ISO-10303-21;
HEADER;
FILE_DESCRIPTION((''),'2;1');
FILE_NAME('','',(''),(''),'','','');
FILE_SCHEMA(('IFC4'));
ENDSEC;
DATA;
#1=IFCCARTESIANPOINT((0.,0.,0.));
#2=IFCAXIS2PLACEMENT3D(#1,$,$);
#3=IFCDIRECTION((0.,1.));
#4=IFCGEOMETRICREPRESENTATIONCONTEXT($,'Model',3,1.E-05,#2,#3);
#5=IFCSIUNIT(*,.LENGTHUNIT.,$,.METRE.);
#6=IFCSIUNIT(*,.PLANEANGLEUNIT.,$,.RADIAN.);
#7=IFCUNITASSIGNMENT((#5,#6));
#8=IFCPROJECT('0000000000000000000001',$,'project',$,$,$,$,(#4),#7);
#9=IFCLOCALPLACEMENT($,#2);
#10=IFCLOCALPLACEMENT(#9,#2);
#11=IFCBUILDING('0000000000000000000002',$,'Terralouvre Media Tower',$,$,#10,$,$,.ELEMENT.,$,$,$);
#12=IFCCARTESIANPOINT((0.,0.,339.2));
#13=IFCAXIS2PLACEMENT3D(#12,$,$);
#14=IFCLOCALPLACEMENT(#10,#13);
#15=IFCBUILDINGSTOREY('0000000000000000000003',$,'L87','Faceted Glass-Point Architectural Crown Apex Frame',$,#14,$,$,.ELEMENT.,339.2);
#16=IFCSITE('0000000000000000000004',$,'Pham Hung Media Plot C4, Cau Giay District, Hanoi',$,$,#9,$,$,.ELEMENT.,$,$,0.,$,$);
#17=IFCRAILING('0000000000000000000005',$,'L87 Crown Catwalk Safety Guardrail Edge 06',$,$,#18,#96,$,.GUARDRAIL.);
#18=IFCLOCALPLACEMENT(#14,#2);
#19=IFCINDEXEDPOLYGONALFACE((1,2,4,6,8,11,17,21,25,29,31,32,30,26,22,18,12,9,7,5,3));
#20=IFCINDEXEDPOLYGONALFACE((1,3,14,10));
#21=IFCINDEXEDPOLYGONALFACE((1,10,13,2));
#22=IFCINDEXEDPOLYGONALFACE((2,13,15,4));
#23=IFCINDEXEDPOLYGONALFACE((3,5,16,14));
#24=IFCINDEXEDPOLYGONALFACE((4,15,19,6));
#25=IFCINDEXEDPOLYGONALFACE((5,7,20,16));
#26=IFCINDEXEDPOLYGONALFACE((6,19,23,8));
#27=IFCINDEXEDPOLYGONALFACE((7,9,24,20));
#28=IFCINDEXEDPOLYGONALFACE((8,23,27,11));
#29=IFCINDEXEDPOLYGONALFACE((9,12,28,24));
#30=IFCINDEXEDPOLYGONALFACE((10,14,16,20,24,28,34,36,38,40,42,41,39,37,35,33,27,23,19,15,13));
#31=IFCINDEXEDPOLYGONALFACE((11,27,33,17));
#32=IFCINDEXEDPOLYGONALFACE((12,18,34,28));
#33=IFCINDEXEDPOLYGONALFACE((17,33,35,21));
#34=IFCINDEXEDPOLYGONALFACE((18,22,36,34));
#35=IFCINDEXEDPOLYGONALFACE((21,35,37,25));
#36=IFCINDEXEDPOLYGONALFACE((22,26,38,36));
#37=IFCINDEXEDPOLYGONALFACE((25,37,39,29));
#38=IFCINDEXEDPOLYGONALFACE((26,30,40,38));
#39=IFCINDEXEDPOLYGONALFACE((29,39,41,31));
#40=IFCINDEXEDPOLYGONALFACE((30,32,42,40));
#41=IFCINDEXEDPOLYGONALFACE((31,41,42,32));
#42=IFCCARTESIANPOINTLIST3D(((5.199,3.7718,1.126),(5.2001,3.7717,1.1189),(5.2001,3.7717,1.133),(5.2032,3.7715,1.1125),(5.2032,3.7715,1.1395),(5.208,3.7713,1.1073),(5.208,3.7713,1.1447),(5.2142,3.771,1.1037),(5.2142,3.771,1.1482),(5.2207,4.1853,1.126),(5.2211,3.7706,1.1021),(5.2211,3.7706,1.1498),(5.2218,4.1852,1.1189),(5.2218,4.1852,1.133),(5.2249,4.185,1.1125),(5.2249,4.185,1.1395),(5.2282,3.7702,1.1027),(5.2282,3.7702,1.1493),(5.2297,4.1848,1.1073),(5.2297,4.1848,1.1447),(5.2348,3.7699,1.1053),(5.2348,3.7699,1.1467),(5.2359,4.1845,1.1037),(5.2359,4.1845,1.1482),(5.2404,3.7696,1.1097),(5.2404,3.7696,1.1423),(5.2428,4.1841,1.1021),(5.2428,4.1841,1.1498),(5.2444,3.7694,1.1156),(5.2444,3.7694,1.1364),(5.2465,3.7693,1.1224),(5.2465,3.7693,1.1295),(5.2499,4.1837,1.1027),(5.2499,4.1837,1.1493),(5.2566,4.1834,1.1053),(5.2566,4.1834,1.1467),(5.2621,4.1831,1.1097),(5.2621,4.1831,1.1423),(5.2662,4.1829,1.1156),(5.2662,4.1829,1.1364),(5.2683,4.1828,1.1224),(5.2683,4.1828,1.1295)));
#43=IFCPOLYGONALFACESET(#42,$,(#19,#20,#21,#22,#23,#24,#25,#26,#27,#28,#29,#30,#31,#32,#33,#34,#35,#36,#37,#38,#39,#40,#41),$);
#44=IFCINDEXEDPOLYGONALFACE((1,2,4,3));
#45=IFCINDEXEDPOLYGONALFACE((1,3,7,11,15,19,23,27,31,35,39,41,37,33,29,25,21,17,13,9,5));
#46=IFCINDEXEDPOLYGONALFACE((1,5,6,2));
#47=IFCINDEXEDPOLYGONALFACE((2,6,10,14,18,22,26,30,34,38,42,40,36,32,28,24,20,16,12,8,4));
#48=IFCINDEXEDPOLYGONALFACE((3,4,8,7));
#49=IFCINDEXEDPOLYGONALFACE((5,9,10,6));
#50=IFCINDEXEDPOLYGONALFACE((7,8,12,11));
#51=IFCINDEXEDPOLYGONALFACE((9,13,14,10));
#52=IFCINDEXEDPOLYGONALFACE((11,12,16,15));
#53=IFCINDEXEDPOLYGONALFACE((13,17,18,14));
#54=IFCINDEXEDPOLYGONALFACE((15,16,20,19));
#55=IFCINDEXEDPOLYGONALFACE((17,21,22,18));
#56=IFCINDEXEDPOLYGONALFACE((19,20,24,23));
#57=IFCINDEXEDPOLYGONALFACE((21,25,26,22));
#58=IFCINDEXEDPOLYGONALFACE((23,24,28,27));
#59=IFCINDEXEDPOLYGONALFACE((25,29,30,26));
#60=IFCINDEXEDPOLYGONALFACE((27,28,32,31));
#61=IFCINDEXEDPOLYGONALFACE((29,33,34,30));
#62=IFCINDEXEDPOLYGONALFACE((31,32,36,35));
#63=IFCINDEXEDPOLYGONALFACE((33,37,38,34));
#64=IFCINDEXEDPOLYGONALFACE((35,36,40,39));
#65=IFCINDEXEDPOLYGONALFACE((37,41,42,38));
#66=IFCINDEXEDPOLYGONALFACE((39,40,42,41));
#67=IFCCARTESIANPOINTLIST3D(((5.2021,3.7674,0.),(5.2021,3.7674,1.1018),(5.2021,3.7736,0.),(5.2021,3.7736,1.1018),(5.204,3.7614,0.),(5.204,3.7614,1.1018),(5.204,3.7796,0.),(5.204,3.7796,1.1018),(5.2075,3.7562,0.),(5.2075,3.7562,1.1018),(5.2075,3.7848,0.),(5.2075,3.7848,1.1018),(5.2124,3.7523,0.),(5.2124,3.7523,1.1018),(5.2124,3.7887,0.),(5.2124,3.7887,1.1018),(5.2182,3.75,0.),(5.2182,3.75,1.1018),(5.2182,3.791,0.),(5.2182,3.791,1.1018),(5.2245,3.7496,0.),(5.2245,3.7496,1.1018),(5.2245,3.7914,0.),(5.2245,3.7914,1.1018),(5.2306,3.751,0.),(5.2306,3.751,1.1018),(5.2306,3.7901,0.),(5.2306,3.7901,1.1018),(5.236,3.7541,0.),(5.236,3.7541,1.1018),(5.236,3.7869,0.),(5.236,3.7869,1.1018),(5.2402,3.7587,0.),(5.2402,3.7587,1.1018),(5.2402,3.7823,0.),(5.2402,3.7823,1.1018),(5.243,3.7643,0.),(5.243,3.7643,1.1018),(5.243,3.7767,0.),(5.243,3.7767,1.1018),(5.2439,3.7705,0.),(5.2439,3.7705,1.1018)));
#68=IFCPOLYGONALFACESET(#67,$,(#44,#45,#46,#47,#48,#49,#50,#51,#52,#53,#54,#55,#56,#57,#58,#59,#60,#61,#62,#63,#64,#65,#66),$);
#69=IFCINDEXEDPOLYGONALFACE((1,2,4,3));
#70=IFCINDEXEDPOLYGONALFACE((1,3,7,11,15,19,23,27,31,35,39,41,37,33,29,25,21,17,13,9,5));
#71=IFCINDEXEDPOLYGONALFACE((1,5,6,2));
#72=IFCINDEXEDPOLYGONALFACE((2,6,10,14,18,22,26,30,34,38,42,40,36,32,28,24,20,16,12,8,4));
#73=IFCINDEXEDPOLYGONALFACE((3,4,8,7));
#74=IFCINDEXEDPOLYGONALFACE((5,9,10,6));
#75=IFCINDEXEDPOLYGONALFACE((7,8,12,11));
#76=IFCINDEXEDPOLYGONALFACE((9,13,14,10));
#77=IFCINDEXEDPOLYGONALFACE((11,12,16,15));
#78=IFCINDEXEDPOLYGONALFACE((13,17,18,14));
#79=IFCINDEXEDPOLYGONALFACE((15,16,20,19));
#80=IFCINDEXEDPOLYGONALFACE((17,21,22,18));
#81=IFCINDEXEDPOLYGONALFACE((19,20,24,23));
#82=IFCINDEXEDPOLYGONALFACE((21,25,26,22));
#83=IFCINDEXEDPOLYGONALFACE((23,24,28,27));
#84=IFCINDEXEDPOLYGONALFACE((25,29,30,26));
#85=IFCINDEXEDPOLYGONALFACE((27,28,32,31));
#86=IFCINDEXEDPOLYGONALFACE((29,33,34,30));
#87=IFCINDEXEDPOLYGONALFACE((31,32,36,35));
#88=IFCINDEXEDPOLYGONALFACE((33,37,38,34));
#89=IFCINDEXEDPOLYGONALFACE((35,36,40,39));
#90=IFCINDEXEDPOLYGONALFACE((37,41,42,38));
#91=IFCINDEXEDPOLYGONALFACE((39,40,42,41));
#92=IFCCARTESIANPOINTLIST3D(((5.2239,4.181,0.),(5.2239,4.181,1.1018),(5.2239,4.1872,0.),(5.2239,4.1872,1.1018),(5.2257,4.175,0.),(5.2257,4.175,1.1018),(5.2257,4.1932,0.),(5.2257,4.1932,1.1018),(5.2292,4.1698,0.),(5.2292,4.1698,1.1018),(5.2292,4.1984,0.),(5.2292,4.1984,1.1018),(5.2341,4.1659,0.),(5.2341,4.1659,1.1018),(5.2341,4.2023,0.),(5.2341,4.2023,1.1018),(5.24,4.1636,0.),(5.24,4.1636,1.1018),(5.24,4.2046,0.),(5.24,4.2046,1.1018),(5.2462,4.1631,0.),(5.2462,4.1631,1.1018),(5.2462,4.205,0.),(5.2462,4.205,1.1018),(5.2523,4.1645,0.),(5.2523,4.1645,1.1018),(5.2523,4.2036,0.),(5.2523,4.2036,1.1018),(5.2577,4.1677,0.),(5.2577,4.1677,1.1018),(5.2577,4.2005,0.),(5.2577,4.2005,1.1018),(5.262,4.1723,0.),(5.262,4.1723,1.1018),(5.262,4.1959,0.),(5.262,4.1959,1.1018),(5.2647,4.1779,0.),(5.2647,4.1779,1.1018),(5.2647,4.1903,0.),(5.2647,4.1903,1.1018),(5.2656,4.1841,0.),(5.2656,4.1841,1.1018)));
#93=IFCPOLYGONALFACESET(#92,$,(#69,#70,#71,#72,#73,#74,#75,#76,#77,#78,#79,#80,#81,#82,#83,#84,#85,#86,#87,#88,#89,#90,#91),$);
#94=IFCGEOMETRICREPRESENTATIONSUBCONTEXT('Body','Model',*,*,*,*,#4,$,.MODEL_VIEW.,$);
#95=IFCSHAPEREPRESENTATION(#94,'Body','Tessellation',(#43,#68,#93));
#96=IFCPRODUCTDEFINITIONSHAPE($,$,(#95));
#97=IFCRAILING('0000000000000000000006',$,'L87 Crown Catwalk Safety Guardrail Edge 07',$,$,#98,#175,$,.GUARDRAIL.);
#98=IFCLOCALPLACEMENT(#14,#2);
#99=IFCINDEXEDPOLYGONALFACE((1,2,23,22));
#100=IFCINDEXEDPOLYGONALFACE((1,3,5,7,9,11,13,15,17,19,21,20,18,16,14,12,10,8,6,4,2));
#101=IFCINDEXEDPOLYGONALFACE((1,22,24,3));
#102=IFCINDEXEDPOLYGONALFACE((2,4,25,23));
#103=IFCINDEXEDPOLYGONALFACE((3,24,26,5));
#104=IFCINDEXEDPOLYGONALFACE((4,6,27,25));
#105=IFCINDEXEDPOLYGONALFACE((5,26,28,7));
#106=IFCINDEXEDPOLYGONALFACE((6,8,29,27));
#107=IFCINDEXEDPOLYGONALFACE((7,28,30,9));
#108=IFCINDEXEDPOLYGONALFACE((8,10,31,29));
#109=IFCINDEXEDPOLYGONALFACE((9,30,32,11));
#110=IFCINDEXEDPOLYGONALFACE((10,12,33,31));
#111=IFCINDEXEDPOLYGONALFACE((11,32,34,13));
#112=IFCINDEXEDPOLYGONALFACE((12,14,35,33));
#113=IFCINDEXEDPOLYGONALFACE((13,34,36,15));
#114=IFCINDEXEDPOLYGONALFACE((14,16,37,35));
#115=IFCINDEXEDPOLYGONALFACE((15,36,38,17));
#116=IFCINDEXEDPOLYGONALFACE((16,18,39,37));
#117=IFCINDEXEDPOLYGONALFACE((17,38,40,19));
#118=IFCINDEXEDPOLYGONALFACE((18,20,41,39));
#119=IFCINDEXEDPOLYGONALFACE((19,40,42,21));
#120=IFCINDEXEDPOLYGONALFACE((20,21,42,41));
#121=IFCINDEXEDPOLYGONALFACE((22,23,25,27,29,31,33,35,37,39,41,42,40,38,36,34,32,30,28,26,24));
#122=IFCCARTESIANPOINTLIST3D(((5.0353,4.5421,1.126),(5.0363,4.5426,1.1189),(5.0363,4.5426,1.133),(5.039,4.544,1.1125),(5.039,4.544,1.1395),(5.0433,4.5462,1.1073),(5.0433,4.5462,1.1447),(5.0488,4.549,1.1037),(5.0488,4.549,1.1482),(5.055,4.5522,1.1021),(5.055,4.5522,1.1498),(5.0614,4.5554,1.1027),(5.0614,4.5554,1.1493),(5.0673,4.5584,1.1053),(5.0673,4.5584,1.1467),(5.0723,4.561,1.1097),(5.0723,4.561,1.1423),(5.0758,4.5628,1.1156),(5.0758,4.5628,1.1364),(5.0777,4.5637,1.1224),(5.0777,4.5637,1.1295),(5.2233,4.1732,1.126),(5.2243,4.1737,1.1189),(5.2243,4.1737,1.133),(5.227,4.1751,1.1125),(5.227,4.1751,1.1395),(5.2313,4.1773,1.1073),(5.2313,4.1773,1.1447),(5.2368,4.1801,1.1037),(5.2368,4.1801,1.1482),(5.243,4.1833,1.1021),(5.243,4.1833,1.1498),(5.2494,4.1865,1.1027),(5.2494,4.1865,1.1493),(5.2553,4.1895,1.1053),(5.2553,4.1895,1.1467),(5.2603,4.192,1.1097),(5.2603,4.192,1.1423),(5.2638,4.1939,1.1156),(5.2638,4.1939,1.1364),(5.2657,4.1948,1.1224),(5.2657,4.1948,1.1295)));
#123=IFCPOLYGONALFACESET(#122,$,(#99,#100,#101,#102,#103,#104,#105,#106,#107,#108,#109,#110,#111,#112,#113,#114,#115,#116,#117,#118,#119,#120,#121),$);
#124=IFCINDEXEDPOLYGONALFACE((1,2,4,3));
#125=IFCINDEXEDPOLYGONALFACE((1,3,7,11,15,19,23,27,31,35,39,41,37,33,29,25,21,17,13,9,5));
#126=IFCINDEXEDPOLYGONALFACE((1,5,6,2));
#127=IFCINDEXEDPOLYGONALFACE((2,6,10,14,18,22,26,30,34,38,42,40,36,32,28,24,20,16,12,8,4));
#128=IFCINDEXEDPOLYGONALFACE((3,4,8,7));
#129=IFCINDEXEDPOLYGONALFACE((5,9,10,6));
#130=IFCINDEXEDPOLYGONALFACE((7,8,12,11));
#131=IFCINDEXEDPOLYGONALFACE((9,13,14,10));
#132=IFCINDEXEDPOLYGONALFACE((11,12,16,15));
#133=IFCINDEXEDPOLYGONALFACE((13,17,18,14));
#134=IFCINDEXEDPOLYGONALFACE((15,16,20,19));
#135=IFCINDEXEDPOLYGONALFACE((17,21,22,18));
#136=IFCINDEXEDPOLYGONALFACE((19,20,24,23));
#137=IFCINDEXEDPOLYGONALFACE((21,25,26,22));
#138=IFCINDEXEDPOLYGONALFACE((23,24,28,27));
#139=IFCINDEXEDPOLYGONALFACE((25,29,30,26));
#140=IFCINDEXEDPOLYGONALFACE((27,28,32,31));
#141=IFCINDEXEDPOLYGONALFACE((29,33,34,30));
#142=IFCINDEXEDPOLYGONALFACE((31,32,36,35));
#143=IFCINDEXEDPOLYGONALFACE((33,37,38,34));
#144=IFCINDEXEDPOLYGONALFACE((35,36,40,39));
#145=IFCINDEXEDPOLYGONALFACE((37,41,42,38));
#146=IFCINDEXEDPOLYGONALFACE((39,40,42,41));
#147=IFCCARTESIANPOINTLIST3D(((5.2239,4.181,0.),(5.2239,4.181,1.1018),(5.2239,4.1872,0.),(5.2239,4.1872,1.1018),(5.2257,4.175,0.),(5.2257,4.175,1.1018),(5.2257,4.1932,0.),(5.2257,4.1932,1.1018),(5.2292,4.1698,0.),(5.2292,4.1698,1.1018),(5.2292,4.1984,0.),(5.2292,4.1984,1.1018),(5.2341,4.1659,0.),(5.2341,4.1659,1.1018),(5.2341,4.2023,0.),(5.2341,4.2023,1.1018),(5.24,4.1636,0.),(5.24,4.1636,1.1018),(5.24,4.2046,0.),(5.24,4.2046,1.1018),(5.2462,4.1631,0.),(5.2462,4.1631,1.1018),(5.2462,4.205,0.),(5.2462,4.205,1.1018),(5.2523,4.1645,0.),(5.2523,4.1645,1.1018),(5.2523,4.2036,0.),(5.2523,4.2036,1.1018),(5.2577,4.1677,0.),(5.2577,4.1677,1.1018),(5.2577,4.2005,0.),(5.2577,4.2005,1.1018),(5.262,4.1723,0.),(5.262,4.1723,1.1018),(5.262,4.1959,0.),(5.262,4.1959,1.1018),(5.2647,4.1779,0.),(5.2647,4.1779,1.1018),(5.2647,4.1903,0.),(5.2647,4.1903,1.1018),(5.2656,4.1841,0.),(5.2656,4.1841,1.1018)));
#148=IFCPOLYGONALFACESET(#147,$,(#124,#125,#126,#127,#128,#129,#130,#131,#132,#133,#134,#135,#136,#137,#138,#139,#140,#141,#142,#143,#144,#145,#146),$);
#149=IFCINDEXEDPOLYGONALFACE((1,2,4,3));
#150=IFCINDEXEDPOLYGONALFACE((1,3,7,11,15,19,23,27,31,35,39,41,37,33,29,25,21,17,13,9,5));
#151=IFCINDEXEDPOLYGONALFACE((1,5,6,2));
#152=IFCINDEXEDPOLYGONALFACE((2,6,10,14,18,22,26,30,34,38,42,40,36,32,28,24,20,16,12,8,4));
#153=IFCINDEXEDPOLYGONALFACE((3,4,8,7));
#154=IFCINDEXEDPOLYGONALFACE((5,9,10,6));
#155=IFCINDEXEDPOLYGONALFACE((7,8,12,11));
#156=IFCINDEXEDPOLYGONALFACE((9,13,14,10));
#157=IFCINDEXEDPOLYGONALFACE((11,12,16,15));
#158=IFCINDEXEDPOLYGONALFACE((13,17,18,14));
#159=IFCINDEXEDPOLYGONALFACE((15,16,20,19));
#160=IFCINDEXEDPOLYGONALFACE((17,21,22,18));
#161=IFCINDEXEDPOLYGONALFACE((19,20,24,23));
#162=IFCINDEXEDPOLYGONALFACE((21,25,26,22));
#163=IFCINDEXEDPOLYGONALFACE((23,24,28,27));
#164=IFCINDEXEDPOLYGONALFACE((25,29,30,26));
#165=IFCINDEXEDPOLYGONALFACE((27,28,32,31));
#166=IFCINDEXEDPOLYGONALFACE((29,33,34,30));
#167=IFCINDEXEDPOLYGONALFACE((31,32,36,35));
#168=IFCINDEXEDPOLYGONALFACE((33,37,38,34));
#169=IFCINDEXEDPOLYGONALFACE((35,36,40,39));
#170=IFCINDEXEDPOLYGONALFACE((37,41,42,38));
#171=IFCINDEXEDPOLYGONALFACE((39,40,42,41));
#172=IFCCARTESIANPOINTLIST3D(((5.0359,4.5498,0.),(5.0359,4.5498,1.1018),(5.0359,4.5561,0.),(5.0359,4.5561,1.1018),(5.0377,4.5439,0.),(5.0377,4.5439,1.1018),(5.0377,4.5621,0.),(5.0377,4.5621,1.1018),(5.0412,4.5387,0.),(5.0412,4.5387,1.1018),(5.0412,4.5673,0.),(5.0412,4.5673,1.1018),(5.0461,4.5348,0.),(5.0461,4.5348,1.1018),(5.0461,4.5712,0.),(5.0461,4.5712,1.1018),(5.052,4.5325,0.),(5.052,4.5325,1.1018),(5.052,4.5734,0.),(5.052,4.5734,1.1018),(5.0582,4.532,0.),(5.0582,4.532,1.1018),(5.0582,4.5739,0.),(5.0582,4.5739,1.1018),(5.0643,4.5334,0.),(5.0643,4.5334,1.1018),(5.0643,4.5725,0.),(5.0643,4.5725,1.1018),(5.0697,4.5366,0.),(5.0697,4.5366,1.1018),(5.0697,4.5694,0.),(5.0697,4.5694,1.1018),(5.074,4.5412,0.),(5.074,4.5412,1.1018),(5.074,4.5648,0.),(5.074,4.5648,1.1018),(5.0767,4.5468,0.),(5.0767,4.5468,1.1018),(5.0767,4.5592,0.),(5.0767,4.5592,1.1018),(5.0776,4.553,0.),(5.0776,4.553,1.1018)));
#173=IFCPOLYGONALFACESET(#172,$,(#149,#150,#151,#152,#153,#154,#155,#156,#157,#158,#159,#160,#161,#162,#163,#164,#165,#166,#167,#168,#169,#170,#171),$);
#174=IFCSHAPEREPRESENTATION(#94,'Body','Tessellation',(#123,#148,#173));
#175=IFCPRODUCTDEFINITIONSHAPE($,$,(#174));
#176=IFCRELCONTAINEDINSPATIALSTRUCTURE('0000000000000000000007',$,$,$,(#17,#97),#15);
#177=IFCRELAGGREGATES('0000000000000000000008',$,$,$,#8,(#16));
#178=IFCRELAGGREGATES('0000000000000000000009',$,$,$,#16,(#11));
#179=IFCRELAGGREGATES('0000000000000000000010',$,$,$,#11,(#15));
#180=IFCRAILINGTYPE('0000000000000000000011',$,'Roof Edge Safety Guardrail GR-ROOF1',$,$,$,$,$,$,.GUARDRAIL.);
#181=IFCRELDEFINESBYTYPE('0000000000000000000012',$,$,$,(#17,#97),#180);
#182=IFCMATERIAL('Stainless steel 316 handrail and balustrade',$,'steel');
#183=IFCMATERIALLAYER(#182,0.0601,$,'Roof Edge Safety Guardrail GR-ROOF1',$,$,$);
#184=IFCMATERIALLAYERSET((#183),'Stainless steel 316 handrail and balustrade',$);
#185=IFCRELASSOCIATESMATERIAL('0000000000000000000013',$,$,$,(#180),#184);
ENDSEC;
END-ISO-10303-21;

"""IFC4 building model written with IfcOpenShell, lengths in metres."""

from ifc_helpers import new_model, si_unit, direction, frame, origin, origin_2d, place, context, subcontext, project, spatial, circle, extrude, material, layer, layer_set, type_object, element, save


model = new_model("IFC4")

# Units and contexts
model_context = context("Model", 3, precision=1e-05, world=origin(), true_north=direction((0.0, 1.0)))
body_context = subcontext(model_context, "Body", "Model", "MODEL_VIEW")
ifc_project = project(units=[si_unit("LENGTHUNIT", "METRE"), si_unit("PLANEANGLEUNIT", "RADIAN")], contexts=[model_context])

# Site, building, storey
site_placement = place(None, origin())
site = spatial("IfcSite", under=ifc_project, at=site_placement, Name="Pham Hung Media Plot C4, Cau Giay District, Hanoi", CompositionType="ELEMENT", RefElevation=0.0)
building_placement = place(site_placement, origin())
building = spatial("IfcBuilding", under=site, at=building_placement, Name="Terralouvre Media Tower", CompositionType="ELEMENT")
storey_placement = place(building_placement, frame((0.0, 0.0, 339.2)))
storey = spatial("IfcBuildingStorey", under=building, at=storey_placement, Name="L87", Description="Faceted Glass-Point Architectural Crown Apex Frame", CompositionType="ELEMENT", Elevation=339.2)

# Railings
ifc_material_1 = material(Name="Stainless steel 316 handrail and balustrade", Category="steel")
ifc_layer_1 = layer(ifc_material_1, 0.0601, Name="Roof Edge Safety Guardrail GR-ROOF1")
ifc_layer_set_1 = layer_set([ifc_layer_1], Name="Stainless steel 316 handrail and balustrade")
railing_type = type_object("IfcRailingType", Name="Roof Edge Safety Guardrail GR-ROOF1", PredefinedType="GUARDRAIL", material=ifc_layer_set_1)
railing_1_placement = place(storey_placement, frame((5.2229, 3.7705, 0.0)))
element("IfcRailing", 1, at=railing_1_placement, inside=storey, type_object=railing_type, Name="L87 Crown Catwalk Safety Guardrail Edge 06", PredefinedType="GUARDRAIL", context=body_context, shape_type="SweptSolid", body=[
    extrude(circle(Radius=0.0239, at=origin_2d()), frame((0.0, 0.0, 1.126), z_axis=(0.052466, 0.998623, 0.0), x_axis=(-0.998623, 0.052466, 0.0)), (0.0, 0.0, 1.0), 0.4141),
    extrude(circle(Radius=0.021, at=origin_2d()), origin(), (0.0, 0.0, 1.0), 1.1018),
    extrude(circle(Radius=0.021, at=origin_2d()), frame((0.0217, 0.4136, 0.0)), (0.0, 0.0, 1.0), 1.1018),
])
railing_2_placement = place(storey_placement, frame((5.2446, 4.1841, 0.0)))
element("IfcRailing", 2, at=railing_2_placement, inside=storey, type_object=railing_type, Name="L87 Crown Catwalk Safety Guardrail Edge 07", PredefinedType="GUARDRAIL", context=body_context, shape_type="SweptSolid", body=[
    extrude(circle(Radius=0.0239, at=origin_2d()), frame((0.0, 0.0, 1.126), z_axis=(-0.454041, 0.890981, 0.0), x_axis=(-0.890981, -0.454041, 0.0)), (0.0, 0.0, 1.0), 0.4141),
    extrude(circle(Radius=0.021, at=origin_2d()), origin(), (0.0, 0.0, 1.0), 1.1018),
    extrude(circle(Radius=0.021, at=origin_2d()), frame((-0.188, 0.3689, 0.0)), (0.0, 0.0, 1.0), 1.1018),
])

save(model, "model.ifc")
